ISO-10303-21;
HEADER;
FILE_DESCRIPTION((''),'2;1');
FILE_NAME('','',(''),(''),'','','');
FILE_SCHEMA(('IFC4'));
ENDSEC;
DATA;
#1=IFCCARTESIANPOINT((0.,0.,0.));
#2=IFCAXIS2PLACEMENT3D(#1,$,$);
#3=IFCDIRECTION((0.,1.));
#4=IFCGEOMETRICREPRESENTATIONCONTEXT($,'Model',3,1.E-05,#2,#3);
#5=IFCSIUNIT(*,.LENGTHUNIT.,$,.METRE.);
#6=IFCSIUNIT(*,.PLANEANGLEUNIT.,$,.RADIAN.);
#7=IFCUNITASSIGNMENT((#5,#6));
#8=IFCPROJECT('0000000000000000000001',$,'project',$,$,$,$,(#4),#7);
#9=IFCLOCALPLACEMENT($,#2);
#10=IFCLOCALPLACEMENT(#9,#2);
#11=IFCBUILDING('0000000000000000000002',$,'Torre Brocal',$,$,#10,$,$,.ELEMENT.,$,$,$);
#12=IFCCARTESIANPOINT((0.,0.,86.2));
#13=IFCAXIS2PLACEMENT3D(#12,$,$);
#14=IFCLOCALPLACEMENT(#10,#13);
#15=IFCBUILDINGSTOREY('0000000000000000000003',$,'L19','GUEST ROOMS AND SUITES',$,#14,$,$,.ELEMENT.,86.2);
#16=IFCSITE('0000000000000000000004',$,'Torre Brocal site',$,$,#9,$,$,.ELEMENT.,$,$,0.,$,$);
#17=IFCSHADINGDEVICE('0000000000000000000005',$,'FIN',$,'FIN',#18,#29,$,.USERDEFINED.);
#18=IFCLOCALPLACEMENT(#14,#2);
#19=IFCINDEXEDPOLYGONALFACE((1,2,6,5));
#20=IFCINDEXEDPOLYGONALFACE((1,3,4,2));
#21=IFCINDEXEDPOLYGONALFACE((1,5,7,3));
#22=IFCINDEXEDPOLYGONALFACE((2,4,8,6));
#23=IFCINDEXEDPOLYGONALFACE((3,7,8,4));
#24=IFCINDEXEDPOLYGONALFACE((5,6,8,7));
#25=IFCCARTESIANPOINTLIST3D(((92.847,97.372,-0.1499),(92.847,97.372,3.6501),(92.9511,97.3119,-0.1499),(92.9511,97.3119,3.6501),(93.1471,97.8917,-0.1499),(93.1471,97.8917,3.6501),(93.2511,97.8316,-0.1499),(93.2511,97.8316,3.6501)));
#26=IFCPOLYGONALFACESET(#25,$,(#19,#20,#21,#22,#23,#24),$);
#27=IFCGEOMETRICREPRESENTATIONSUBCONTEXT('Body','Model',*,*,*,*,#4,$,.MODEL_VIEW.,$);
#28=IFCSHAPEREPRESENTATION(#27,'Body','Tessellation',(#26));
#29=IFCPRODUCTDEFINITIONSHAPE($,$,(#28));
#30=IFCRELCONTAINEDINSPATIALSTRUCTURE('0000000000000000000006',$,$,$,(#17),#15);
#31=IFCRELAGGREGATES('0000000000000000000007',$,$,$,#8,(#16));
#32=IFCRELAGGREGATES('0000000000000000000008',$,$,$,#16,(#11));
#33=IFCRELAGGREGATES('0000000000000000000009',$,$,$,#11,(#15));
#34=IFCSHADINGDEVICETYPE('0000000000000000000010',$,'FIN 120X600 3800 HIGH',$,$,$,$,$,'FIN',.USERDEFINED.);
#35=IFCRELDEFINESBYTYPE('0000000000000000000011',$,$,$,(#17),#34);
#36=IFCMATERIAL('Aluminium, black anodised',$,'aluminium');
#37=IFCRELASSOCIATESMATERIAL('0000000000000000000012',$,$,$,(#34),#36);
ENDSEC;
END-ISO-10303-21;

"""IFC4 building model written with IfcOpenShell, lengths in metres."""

from ifc_helpers import new_model, si_unit, direction, frame, origin, origin_2d, place, context, subcontext, project, spatial, rectangle, extrude, material, material_profile, profile_set, type_object, element, save


model = new_model("IFC4")

# Units and contexts
model_context = context("Model", 3, precision=1e-05, world=origin(), true_north=direction((0.0, 1.0)))
body_context = subcontext(model_context, "Body", "Model", "MODEL_VIEW")
ifc_project = project(units=[si_unit("LENGTHUNIT", "METRE"), si_unit("PLANEANGLEUNIT", "RADIAN")], contexts=[model_context])

# Site, building, storey
site_placement = place(None, origin())
site = spatial("IfcSite", under=ifc_project, at=site_placement, Name="Torre Brocal site", CompositionType="ELEMENT", RefElevation=0.0)
building_placement = place(site_placement, origin())
building = spatial("IfcBuilding", under=site, at=building_placement, Name="Torre Brocal", CompositionType="ELEMENT")
storey_placement = place(building_placement, frame((0.0, 0.0, 86.2)))
storey = spatial("IfcBuildingStorey", under=building, at=storey_placement, Name="L19", Description="GUEST ROOMS AND SUITES", CompositionType="ELEMENT", Elevation=86.2)

# Shading device
ifc_material_1 = material(Name="Aluminium, black anodised", Category="aluminium")
ifc_material_profile_1 = material_profile(ifc_material_1, rectangle(XDim=0.1201, YDim=0.6001, at=origin_2d()), Name="FIN 120X600 3800 HIGH")
ifc_profile_set_1 = profile_set([ifc_material_profile_1], Name="Aluminium, black anodised")
shading_device_type = type_object("IfcShadingDeviceType", Name="FIN 120X600 3800 HIGH", ElementType="FIN", PredefinedType="USERDEFINED", material=ifc_profile_set_1)
for number, where, z_axis, x_axis, name in (
    (1, (93.0491, 97.6018, -0.1499), (0.0, 0.0, 1.0), (-0.866025, 0.5, 0.0), "FIN"),
):
    element("IfcShadingDevice", number, at=place(storey_placement, frame(where, z_axis=z_axis, x_axis=x_axis)), inside=storey, type_object=shading_device_type, Name=name, ObjectType="FIN", PredefinedType="USERDEFINED", context=body_context, shape_type="SweptSolid", body=[
        extrude(rectangle(XDim=0.1201, YDim=0.6001, at=origin_2d()), origin(), (0.0, 0.0, 1.0), 3.8),
    ])

save(model, "model.ifc")
